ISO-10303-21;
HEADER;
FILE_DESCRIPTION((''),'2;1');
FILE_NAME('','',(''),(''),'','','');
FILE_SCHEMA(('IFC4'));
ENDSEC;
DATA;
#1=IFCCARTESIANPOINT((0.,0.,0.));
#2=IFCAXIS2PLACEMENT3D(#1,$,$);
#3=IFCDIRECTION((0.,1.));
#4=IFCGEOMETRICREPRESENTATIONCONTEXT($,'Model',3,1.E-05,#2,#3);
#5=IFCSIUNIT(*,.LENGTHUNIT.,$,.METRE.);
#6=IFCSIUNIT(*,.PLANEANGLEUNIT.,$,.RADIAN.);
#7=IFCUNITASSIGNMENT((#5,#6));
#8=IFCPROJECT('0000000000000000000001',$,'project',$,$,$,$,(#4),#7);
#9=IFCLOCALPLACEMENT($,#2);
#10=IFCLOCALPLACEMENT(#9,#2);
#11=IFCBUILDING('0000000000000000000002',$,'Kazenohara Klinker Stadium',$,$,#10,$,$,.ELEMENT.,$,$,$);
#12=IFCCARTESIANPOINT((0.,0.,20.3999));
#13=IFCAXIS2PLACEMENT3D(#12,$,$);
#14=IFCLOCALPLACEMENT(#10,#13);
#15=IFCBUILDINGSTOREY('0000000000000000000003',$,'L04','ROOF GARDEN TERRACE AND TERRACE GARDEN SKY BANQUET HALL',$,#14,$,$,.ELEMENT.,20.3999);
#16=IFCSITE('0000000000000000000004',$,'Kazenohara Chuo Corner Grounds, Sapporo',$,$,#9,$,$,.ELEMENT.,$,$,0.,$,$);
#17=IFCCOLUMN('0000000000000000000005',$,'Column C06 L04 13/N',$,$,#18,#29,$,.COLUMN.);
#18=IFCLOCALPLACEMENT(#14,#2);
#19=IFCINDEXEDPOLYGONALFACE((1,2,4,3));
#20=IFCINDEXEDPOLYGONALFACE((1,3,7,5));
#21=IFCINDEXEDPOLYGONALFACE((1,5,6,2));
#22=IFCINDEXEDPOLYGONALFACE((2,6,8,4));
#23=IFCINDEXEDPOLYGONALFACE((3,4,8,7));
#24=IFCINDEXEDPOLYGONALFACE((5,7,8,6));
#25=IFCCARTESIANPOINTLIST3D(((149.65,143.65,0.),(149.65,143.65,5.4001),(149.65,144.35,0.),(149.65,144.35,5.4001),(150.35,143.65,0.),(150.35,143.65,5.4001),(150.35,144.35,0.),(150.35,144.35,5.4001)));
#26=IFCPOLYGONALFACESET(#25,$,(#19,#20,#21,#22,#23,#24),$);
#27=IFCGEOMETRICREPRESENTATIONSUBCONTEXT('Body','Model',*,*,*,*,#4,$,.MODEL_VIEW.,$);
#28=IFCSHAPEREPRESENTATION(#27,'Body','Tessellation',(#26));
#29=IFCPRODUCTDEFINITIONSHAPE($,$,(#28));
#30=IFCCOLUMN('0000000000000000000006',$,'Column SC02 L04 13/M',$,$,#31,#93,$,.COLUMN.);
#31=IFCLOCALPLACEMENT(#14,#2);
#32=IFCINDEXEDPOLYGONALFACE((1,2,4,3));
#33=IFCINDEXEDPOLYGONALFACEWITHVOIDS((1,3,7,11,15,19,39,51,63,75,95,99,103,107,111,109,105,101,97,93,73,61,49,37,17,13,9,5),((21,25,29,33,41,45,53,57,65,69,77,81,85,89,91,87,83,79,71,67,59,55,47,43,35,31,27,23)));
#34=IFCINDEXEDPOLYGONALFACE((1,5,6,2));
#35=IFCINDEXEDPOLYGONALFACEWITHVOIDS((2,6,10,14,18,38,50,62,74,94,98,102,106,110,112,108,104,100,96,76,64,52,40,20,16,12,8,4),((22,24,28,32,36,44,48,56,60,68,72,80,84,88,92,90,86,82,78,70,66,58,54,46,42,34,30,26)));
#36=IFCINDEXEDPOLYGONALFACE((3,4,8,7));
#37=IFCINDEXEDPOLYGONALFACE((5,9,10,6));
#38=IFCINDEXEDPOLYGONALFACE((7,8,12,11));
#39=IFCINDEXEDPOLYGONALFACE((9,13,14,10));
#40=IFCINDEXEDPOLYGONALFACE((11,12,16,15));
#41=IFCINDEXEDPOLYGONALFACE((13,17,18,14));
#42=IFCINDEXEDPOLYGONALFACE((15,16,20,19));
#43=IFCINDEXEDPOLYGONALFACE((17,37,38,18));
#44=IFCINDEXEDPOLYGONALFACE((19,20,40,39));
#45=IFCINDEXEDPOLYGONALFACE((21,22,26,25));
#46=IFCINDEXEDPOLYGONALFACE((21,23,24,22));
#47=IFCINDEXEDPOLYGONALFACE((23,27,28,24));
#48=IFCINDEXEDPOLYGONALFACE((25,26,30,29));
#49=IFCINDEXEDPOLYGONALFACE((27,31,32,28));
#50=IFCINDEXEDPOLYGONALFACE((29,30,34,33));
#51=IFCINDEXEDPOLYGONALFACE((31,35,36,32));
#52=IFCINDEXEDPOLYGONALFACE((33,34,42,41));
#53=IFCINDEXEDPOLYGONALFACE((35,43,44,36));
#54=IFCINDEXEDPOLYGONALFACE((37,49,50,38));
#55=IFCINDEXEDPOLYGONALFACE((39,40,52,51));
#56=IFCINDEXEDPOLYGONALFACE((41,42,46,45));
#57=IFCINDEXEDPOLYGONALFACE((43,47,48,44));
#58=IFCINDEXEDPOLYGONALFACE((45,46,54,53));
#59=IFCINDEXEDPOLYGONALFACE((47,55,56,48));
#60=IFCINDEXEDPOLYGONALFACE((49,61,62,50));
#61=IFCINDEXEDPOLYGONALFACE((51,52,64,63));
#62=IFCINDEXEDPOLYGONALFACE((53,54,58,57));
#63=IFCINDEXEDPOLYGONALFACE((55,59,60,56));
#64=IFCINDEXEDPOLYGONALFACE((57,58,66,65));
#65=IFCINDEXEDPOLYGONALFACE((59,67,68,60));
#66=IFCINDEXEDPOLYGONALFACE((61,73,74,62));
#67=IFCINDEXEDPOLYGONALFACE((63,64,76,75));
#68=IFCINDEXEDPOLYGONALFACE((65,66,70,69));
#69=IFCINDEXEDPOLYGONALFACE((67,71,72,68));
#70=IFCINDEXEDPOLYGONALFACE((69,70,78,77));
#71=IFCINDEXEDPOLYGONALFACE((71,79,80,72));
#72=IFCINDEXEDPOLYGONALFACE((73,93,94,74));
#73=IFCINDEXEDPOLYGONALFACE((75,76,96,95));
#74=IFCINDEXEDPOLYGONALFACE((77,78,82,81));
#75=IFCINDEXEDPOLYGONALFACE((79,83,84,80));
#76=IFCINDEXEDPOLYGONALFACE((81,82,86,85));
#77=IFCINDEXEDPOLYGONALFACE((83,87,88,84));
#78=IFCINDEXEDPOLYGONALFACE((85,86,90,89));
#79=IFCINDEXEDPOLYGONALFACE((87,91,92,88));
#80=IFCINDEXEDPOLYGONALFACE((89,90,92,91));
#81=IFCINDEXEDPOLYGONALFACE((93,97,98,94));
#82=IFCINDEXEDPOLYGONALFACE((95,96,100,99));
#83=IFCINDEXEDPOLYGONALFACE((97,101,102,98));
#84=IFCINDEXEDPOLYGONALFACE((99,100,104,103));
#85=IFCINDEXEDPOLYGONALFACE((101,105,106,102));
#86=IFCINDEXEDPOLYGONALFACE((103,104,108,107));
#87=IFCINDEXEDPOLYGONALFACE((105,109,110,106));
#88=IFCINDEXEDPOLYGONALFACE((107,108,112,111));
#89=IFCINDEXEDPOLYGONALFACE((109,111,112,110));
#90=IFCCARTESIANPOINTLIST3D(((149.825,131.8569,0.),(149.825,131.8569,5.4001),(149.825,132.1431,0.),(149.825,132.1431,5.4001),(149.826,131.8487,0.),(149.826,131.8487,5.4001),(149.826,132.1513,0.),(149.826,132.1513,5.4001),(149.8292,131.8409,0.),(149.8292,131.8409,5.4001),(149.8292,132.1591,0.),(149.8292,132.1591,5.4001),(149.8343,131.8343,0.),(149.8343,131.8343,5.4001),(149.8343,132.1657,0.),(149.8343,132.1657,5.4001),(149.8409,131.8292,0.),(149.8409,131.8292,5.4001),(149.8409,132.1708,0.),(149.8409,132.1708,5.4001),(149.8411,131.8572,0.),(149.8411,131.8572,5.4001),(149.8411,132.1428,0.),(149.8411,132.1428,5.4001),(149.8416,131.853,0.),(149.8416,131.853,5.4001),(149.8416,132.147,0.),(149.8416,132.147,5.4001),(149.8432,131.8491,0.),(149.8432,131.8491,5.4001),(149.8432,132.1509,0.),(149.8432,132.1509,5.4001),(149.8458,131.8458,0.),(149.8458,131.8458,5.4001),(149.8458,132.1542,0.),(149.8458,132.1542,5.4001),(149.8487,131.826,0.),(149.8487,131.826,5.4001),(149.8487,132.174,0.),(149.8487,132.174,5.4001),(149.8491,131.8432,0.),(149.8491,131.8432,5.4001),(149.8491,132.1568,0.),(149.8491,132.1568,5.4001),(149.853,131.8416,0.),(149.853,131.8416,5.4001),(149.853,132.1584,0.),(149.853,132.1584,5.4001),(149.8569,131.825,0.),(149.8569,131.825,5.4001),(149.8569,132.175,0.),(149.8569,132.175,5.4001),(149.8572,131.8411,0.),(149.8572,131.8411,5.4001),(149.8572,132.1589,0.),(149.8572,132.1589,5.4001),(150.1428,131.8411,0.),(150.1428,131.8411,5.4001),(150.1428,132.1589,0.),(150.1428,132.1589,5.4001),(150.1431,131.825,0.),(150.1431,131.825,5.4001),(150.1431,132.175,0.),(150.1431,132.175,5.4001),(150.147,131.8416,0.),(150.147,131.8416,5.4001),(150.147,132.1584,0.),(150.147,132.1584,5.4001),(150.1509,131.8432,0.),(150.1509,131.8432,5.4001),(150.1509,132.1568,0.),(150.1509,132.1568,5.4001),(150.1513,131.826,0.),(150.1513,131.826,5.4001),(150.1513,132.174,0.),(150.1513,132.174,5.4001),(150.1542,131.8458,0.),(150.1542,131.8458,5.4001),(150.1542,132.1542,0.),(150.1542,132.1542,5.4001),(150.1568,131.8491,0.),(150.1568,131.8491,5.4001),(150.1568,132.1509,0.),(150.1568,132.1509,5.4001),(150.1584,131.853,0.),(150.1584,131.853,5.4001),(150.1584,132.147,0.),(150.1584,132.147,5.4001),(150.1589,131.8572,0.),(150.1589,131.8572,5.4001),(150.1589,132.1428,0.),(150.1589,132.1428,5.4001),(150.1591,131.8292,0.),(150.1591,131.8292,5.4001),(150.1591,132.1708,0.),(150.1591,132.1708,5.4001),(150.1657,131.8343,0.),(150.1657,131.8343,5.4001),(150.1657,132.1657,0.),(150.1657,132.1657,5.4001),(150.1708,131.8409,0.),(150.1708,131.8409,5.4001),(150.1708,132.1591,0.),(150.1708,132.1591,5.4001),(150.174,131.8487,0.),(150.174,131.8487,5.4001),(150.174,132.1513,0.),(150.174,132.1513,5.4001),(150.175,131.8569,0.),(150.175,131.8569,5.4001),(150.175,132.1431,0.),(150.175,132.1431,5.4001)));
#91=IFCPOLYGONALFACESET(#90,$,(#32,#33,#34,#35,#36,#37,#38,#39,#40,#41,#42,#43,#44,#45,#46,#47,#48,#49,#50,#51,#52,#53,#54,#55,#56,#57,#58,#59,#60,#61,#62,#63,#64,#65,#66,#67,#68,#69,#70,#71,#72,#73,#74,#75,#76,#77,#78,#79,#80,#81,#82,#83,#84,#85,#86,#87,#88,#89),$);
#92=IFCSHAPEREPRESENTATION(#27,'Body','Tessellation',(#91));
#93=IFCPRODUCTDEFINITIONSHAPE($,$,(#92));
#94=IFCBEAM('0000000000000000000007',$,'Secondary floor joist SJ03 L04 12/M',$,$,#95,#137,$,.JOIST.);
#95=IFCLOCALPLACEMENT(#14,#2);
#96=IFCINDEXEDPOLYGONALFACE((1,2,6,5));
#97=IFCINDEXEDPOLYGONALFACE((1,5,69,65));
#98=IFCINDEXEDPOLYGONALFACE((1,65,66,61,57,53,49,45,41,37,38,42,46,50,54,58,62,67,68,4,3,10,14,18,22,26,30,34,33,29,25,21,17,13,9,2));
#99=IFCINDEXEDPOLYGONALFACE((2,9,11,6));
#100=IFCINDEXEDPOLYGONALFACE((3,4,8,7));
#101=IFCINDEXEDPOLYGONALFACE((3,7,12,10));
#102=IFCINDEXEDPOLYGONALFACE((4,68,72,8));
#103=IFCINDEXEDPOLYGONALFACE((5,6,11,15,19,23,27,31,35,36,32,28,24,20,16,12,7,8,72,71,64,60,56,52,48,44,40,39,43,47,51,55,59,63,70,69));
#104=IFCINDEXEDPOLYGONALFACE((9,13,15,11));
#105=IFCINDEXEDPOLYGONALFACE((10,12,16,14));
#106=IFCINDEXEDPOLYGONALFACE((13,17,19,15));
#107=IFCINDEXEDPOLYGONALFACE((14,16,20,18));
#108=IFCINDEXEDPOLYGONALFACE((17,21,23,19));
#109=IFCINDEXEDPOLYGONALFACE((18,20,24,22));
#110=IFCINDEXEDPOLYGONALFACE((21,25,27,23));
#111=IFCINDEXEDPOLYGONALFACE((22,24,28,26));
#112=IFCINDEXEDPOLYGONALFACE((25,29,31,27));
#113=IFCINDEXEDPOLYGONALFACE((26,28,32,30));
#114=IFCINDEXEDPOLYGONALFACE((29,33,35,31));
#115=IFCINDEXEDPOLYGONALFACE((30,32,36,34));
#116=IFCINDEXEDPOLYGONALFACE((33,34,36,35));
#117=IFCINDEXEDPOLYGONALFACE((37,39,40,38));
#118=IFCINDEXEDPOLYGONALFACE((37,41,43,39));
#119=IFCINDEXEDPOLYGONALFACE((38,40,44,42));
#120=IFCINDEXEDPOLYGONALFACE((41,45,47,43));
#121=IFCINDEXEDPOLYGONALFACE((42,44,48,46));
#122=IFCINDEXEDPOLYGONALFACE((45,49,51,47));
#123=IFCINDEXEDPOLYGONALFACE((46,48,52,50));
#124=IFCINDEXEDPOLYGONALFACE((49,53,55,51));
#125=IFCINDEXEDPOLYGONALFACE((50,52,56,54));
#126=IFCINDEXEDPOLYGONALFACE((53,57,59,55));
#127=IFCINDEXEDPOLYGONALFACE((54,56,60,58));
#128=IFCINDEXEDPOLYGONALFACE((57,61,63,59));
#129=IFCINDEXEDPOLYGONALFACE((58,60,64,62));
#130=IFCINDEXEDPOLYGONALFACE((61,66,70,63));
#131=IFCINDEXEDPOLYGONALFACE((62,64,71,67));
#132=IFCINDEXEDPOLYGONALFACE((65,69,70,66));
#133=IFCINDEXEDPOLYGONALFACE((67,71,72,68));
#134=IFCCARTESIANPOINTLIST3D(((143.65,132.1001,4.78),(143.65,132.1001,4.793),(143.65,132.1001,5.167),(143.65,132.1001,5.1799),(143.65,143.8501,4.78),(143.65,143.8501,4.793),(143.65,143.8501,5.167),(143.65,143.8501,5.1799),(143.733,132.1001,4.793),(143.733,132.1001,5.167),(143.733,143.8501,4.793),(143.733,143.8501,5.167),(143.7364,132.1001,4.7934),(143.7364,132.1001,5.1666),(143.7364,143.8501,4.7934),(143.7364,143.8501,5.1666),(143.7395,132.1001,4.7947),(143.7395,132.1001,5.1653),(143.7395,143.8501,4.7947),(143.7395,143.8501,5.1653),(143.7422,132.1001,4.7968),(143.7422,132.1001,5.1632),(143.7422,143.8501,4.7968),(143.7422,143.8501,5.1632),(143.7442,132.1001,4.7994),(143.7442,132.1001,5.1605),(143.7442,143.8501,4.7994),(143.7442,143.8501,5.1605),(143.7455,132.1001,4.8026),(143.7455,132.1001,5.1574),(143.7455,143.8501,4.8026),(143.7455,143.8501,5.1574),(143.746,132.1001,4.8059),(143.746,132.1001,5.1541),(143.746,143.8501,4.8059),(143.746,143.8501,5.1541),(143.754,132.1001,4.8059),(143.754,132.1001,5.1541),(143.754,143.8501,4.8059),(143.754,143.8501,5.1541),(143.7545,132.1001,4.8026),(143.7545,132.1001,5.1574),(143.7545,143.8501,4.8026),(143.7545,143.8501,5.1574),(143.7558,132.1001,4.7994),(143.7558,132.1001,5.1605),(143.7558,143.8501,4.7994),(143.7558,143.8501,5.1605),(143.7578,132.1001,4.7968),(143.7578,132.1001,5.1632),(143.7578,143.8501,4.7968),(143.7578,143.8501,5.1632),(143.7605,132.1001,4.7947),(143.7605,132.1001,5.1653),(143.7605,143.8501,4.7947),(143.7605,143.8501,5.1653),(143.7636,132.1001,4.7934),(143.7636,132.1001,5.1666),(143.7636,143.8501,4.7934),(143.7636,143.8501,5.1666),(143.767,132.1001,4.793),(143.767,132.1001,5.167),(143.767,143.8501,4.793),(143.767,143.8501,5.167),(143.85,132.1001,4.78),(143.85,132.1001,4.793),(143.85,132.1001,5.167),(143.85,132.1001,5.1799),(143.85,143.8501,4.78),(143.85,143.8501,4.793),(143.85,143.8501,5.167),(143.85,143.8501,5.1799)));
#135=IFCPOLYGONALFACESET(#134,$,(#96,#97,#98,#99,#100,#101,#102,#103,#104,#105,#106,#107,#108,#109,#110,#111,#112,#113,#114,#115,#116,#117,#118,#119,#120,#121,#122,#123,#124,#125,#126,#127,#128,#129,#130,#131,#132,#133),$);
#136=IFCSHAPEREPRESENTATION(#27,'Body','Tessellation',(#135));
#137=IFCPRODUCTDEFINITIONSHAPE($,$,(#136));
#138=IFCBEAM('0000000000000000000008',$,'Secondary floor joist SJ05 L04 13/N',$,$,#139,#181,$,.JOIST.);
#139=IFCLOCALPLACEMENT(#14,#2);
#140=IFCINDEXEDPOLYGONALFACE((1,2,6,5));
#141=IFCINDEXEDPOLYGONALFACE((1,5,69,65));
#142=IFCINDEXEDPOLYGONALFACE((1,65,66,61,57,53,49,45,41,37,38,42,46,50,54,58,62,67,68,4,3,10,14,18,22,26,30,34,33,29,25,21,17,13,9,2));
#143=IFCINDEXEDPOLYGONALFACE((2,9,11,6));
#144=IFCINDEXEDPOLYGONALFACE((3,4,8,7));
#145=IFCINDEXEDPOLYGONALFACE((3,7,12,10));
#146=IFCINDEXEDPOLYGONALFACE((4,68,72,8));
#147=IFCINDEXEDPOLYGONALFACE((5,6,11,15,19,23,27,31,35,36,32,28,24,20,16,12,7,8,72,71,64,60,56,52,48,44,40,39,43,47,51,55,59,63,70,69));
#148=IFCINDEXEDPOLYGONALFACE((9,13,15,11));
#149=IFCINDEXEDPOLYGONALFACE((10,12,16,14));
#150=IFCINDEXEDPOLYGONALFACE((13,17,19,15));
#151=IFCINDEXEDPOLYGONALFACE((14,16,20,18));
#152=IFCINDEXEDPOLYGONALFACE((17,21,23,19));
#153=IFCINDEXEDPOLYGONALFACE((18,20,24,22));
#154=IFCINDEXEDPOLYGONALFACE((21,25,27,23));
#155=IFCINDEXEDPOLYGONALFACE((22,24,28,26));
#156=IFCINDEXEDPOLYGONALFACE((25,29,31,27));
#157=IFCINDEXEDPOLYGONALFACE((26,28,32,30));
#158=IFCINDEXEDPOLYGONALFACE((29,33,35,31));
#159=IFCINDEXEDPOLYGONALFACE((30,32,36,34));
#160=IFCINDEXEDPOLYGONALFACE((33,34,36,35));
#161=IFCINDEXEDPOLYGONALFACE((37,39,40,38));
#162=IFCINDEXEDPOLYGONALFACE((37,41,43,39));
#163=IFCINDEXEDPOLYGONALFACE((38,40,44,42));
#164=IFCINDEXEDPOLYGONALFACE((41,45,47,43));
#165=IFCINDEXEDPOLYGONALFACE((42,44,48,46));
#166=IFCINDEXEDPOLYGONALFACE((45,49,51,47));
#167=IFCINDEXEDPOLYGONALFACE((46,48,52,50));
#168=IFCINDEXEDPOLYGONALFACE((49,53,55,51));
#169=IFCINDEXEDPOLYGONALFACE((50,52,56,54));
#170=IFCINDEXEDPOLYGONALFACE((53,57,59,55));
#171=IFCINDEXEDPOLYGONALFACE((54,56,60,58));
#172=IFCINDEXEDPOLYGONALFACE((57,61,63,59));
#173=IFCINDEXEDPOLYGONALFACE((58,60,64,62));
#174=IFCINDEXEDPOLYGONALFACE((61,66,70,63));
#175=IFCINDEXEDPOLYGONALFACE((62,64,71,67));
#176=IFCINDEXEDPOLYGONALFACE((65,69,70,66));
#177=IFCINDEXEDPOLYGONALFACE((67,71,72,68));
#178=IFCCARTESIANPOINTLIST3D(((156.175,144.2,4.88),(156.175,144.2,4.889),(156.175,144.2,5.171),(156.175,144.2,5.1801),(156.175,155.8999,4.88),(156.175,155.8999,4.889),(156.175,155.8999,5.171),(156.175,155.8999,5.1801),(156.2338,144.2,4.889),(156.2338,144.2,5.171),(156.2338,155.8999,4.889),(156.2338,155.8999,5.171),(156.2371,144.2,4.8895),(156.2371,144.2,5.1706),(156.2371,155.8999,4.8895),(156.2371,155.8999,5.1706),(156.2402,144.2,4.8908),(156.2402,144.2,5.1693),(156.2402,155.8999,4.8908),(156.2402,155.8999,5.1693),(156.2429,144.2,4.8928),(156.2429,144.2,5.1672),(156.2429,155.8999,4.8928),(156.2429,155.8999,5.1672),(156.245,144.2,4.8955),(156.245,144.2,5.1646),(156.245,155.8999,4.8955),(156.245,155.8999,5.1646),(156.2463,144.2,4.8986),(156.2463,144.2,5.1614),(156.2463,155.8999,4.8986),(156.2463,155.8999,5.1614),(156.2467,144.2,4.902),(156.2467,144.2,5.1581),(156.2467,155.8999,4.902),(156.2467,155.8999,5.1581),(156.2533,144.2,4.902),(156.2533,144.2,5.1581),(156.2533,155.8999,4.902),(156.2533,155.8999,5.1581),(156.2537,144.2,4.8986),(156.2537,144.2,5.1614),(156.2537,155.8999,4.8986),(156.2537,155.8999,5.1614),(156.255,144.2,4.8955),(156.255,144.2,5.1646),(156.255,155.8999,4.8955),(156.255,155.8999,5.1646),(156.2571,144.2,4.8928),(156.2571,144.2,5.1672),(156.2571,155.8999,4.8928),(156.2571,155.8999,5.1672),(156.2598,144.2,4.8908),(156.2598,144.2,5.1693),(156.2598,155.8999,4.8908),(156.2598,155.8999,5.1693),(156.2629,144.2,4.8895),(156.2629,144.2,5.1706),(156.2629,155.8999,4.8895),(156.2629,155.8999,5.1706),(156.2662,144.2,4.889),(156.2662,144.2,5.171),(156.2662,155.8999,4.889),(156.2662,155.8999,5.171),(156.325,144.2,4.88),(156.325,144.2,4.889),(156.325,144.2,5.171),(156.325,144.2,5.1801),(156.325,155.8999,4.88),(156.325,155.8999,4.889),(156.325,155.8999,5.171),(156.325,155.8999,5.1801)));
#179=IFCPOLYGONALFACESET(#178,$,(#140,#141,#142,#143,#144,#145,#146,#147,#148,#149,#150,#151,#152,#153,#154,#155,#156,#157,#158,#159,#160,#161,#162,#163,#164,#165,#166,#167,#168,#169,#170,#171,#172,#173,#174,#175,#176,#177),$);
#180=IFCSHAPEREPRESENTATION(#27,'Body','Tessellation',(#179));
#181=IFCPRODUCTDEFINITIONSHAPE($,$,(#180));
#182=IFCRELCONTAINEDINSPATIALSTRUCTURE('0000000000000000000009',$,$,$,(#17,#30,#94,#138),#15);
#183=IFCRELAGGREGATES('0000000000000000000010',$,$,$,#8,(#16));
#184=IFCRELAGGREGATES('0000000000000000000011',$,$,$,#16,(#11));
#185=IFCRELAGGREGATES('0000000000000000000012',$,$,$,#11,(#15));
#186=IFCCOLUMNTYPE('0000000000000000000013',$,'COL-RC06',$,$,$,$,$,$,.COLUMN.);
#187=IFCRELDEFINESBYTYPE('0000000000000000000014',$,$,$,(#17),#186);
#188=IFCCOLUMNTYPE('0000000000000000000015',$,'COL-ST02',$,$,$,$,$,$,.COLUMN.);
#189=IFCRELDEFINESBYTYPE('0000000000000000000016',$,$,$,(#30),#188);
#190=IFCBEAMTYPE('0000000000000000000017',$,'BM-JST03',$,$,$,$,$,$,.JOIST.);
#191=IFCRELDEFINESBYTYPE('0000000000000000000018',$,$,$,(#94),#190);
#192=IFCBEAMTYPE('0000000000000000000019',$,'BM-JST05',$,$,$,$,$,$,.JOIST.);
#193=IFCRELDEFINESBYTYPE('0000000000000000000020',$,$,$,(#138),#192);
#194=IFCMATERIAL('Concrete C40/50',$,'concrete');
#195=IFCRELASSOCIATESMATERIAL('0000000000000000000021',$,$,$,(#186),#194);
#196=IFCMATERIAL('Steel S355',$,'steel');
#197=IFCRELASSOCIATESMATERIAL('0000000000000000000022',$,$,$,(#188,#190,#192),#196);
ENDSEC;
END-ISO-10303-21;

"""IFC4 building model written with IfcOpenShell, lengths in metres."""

from ifc_helpers import new_model, si_unit, direction, frame, origin, origin_2d, place, context, subcontext, project, spatial, rectangle, hollow_rectangle, i_section, extrude, material, material_profile, profile_set, type_object, element, save


model = new_model("IFC4")

# Units and contexts
model_context = context("Model", 3, precision=1e-05, world=origin(), true_north=direction((0.0, 1.0)))
body_context = subcontext(model_context, "Body", "Model", "MODEL_VIEW")
ifc_project = project(units=[si_unit("LENGTHUNIT", "METRE"), si_unit("PLANEANGLEUNIT", "RADIAN")], contexts=[model_context])

# Site, building, storey
site_placement = place(None, origin())
site = spatial("IfcSite", under=ifc_project, at=site_placement, Name="Kazenohara Chuo Corner Grounds, Sapporo", CompositionType="ELEMENT", RefElevation=0.0)
building_placement = place(site_placement, origin())
building = spatial("IfcBuilding", under=site, at=building_placement, Name="Kazenohara Klinker Stadium", CompositionType="ELEMENT")
storey_placement = place(building_placement, frame((0.0, 0.0, 20.3999)))
storey = spatial("IfcBuildingStorey", under=building, at=storey_placement, Name="L04", Description="ROOF GARDEN TERRACE AND TERRACE GARDEN SKY BANQUET HALL", CompositionType="ELEMENT", Elevation=20.3999)

# Columns
ifc_material_1 = material(Name="Concrete C40/50", Category="concrete")
ifc_material_profile_1 = material_profile(ifc_material_1, rectangle(XDim=0.7, YDim=0.7, at=origin_2d()), Name="RC-COL-700x700")
ifc_profile_set_1 = profile_set([ifc_material_profile_1], Name="Concrete C40/50")
column_type_1 = type_object("IfcColumnType", Name="COL-RC06", PredefinedType="COLUMN", material=ifc_profile_set_1)
column_1_placement = place(storey_placement, frame((150.0, 144.0, 0.0), z_axis=(0.0, 0.0, 1.0), x_axis=(1.0, 0.0, 0.0)))
element("IfcColumn", 1, at=column_1_placement, inside=storey, type_object=column_type_1, Name="Column C06 L04 13/N", PredefinedType="COLUMN", context=body_context, shape_type="SweptSolid", body=[
    extrude(rectangle(XDim=0.7, YDim=0.7, at=origin_2d()), origin(), (0.0, 0.0, 1.0), 5.4001),
])
ifc_material_2 = material(Name="Steel S355", Category="steel")
ifc_material_profile_2 = material_profile(ifc_material_2, hollow_rectangle(XDim=0.3501, YDim=0.3501, WallThickness=0.0161, InnerFilletRadius=0.0161, OuterFilletRadius=0.032, at=origin_2d()), Name="SHS-350x350x16")
ifc_profile_set_2 = profile_set([ifc_material_profile_2], Name="Steel S355")
column_type_2 = type_object("IfcColumnType", Name="COL-ST02", PredefinedType="COLUMN", material=ifc_profile_set_2)
column_2_placement = place(storey_placement, frame((150.0, 132.0, 0.0), z_axis=(0.0, 0.0, 1.0), x_axis=(1.0, 0.0, 0.0)))
element("IfcColumn", 2, at=column_2_placement, inside=storey, type_object=column_type_2, Name="Column SC02 L04 13/M", PredefinedType="COLUMN", context=body_context, shape_type="SweptSolid", body=[
    extrude(hollow_rectangle(XDim=0.3501, YDim=0.3501, WallThickness=0.0161, InnerFilletRadius=0.0161, OuterFilletRadius=0.032, at=origin_2d()), origin(), (0.0, 0.0, 1.0), 5.4001),
])

# Beams
ifc_material_profile_3 = material_profile(ifc_material_2, i_section(OverallWidth=0.2, OverallDepth=0.3999, WebThickness=0.0081, FlangeThickness=0.0129, FilletRadius=0.0129, at=origin_2d()), Name="H-400x200x8x13")
ifc_profile_set_3 = profile_set([ifc_material_profile_3], Name="Steel S355")
beam_type_1 = type_object("IfcBeamType", Name="BM-JST03", PredefinedType="JOIST", material=ifc_profile_set_3)
beam_1_placement = place(storey_placement, frame((143.75, 132.1001, 4.98), z_axis=(0.0, 1.0, 0.0), x_axis=(-1.0, 0.0, 0.0)))
element("IfcBeam", 3, at=beam_1_placement, inside=storey, type_object=beam_type_1, Name="Secondary floor joist SJ03 L04 12/M", PredefinedType="JOIST", context=body_context, shape_type="SweptSolid", body=[
    extrude(i_section(OverallWidth=0.2, OverallDepth=0.3999, WebThickness=0.0081, FlangeThickness=0.0129, FilletRadius=0.0129, at=origin_2d()), origin(), (0.0, 0.0, 1.0), 11.75),
])
ifc_material_profile_4 = material_profile(ifc_material_2, i_section(OverallWidth=0.1499, OverallDepth=0.3, WebThickness=0.0066, FlangeThickness=0.009, FilletRadius=0.0129, at=origin_2d()), Name="H-300x150x6.5x9")
ifc_profile_set_4 = profile_set([ifc_material_profile_4], Name="Steel S355")
beam_type_2 = type_object("IfcBeamType", Name="BM-JST05", PredefinedType="JOIST", material=ifc_profile_set_4)
beam_2_placement = place(storey_placement, frame((156.25, 144.2, 5.03), z_axis=(0.0, 1.0, 0.0), x_axis=(-1.0, 0.0, 0.0)))
element("IfcBeam", 4, at=beam_2_placement, inside=storey, type_object=beam_type_2, Name="Secondary floor joist SJ05 L04 13/N", PredefinedType="JOIST", context=body_context, shape_type="SweptSolid", body=[
    extrude(i_section(OverallWidth=0.1499, OverallDepth=0.3, WebThickness=0.0066, FlangeThickness=0.009, FilletRadius=0.0129, at=origin_2d()), origin(), (0.0, 0.0, 1.0), 11.7),
])

save(model, "model.ifc")
